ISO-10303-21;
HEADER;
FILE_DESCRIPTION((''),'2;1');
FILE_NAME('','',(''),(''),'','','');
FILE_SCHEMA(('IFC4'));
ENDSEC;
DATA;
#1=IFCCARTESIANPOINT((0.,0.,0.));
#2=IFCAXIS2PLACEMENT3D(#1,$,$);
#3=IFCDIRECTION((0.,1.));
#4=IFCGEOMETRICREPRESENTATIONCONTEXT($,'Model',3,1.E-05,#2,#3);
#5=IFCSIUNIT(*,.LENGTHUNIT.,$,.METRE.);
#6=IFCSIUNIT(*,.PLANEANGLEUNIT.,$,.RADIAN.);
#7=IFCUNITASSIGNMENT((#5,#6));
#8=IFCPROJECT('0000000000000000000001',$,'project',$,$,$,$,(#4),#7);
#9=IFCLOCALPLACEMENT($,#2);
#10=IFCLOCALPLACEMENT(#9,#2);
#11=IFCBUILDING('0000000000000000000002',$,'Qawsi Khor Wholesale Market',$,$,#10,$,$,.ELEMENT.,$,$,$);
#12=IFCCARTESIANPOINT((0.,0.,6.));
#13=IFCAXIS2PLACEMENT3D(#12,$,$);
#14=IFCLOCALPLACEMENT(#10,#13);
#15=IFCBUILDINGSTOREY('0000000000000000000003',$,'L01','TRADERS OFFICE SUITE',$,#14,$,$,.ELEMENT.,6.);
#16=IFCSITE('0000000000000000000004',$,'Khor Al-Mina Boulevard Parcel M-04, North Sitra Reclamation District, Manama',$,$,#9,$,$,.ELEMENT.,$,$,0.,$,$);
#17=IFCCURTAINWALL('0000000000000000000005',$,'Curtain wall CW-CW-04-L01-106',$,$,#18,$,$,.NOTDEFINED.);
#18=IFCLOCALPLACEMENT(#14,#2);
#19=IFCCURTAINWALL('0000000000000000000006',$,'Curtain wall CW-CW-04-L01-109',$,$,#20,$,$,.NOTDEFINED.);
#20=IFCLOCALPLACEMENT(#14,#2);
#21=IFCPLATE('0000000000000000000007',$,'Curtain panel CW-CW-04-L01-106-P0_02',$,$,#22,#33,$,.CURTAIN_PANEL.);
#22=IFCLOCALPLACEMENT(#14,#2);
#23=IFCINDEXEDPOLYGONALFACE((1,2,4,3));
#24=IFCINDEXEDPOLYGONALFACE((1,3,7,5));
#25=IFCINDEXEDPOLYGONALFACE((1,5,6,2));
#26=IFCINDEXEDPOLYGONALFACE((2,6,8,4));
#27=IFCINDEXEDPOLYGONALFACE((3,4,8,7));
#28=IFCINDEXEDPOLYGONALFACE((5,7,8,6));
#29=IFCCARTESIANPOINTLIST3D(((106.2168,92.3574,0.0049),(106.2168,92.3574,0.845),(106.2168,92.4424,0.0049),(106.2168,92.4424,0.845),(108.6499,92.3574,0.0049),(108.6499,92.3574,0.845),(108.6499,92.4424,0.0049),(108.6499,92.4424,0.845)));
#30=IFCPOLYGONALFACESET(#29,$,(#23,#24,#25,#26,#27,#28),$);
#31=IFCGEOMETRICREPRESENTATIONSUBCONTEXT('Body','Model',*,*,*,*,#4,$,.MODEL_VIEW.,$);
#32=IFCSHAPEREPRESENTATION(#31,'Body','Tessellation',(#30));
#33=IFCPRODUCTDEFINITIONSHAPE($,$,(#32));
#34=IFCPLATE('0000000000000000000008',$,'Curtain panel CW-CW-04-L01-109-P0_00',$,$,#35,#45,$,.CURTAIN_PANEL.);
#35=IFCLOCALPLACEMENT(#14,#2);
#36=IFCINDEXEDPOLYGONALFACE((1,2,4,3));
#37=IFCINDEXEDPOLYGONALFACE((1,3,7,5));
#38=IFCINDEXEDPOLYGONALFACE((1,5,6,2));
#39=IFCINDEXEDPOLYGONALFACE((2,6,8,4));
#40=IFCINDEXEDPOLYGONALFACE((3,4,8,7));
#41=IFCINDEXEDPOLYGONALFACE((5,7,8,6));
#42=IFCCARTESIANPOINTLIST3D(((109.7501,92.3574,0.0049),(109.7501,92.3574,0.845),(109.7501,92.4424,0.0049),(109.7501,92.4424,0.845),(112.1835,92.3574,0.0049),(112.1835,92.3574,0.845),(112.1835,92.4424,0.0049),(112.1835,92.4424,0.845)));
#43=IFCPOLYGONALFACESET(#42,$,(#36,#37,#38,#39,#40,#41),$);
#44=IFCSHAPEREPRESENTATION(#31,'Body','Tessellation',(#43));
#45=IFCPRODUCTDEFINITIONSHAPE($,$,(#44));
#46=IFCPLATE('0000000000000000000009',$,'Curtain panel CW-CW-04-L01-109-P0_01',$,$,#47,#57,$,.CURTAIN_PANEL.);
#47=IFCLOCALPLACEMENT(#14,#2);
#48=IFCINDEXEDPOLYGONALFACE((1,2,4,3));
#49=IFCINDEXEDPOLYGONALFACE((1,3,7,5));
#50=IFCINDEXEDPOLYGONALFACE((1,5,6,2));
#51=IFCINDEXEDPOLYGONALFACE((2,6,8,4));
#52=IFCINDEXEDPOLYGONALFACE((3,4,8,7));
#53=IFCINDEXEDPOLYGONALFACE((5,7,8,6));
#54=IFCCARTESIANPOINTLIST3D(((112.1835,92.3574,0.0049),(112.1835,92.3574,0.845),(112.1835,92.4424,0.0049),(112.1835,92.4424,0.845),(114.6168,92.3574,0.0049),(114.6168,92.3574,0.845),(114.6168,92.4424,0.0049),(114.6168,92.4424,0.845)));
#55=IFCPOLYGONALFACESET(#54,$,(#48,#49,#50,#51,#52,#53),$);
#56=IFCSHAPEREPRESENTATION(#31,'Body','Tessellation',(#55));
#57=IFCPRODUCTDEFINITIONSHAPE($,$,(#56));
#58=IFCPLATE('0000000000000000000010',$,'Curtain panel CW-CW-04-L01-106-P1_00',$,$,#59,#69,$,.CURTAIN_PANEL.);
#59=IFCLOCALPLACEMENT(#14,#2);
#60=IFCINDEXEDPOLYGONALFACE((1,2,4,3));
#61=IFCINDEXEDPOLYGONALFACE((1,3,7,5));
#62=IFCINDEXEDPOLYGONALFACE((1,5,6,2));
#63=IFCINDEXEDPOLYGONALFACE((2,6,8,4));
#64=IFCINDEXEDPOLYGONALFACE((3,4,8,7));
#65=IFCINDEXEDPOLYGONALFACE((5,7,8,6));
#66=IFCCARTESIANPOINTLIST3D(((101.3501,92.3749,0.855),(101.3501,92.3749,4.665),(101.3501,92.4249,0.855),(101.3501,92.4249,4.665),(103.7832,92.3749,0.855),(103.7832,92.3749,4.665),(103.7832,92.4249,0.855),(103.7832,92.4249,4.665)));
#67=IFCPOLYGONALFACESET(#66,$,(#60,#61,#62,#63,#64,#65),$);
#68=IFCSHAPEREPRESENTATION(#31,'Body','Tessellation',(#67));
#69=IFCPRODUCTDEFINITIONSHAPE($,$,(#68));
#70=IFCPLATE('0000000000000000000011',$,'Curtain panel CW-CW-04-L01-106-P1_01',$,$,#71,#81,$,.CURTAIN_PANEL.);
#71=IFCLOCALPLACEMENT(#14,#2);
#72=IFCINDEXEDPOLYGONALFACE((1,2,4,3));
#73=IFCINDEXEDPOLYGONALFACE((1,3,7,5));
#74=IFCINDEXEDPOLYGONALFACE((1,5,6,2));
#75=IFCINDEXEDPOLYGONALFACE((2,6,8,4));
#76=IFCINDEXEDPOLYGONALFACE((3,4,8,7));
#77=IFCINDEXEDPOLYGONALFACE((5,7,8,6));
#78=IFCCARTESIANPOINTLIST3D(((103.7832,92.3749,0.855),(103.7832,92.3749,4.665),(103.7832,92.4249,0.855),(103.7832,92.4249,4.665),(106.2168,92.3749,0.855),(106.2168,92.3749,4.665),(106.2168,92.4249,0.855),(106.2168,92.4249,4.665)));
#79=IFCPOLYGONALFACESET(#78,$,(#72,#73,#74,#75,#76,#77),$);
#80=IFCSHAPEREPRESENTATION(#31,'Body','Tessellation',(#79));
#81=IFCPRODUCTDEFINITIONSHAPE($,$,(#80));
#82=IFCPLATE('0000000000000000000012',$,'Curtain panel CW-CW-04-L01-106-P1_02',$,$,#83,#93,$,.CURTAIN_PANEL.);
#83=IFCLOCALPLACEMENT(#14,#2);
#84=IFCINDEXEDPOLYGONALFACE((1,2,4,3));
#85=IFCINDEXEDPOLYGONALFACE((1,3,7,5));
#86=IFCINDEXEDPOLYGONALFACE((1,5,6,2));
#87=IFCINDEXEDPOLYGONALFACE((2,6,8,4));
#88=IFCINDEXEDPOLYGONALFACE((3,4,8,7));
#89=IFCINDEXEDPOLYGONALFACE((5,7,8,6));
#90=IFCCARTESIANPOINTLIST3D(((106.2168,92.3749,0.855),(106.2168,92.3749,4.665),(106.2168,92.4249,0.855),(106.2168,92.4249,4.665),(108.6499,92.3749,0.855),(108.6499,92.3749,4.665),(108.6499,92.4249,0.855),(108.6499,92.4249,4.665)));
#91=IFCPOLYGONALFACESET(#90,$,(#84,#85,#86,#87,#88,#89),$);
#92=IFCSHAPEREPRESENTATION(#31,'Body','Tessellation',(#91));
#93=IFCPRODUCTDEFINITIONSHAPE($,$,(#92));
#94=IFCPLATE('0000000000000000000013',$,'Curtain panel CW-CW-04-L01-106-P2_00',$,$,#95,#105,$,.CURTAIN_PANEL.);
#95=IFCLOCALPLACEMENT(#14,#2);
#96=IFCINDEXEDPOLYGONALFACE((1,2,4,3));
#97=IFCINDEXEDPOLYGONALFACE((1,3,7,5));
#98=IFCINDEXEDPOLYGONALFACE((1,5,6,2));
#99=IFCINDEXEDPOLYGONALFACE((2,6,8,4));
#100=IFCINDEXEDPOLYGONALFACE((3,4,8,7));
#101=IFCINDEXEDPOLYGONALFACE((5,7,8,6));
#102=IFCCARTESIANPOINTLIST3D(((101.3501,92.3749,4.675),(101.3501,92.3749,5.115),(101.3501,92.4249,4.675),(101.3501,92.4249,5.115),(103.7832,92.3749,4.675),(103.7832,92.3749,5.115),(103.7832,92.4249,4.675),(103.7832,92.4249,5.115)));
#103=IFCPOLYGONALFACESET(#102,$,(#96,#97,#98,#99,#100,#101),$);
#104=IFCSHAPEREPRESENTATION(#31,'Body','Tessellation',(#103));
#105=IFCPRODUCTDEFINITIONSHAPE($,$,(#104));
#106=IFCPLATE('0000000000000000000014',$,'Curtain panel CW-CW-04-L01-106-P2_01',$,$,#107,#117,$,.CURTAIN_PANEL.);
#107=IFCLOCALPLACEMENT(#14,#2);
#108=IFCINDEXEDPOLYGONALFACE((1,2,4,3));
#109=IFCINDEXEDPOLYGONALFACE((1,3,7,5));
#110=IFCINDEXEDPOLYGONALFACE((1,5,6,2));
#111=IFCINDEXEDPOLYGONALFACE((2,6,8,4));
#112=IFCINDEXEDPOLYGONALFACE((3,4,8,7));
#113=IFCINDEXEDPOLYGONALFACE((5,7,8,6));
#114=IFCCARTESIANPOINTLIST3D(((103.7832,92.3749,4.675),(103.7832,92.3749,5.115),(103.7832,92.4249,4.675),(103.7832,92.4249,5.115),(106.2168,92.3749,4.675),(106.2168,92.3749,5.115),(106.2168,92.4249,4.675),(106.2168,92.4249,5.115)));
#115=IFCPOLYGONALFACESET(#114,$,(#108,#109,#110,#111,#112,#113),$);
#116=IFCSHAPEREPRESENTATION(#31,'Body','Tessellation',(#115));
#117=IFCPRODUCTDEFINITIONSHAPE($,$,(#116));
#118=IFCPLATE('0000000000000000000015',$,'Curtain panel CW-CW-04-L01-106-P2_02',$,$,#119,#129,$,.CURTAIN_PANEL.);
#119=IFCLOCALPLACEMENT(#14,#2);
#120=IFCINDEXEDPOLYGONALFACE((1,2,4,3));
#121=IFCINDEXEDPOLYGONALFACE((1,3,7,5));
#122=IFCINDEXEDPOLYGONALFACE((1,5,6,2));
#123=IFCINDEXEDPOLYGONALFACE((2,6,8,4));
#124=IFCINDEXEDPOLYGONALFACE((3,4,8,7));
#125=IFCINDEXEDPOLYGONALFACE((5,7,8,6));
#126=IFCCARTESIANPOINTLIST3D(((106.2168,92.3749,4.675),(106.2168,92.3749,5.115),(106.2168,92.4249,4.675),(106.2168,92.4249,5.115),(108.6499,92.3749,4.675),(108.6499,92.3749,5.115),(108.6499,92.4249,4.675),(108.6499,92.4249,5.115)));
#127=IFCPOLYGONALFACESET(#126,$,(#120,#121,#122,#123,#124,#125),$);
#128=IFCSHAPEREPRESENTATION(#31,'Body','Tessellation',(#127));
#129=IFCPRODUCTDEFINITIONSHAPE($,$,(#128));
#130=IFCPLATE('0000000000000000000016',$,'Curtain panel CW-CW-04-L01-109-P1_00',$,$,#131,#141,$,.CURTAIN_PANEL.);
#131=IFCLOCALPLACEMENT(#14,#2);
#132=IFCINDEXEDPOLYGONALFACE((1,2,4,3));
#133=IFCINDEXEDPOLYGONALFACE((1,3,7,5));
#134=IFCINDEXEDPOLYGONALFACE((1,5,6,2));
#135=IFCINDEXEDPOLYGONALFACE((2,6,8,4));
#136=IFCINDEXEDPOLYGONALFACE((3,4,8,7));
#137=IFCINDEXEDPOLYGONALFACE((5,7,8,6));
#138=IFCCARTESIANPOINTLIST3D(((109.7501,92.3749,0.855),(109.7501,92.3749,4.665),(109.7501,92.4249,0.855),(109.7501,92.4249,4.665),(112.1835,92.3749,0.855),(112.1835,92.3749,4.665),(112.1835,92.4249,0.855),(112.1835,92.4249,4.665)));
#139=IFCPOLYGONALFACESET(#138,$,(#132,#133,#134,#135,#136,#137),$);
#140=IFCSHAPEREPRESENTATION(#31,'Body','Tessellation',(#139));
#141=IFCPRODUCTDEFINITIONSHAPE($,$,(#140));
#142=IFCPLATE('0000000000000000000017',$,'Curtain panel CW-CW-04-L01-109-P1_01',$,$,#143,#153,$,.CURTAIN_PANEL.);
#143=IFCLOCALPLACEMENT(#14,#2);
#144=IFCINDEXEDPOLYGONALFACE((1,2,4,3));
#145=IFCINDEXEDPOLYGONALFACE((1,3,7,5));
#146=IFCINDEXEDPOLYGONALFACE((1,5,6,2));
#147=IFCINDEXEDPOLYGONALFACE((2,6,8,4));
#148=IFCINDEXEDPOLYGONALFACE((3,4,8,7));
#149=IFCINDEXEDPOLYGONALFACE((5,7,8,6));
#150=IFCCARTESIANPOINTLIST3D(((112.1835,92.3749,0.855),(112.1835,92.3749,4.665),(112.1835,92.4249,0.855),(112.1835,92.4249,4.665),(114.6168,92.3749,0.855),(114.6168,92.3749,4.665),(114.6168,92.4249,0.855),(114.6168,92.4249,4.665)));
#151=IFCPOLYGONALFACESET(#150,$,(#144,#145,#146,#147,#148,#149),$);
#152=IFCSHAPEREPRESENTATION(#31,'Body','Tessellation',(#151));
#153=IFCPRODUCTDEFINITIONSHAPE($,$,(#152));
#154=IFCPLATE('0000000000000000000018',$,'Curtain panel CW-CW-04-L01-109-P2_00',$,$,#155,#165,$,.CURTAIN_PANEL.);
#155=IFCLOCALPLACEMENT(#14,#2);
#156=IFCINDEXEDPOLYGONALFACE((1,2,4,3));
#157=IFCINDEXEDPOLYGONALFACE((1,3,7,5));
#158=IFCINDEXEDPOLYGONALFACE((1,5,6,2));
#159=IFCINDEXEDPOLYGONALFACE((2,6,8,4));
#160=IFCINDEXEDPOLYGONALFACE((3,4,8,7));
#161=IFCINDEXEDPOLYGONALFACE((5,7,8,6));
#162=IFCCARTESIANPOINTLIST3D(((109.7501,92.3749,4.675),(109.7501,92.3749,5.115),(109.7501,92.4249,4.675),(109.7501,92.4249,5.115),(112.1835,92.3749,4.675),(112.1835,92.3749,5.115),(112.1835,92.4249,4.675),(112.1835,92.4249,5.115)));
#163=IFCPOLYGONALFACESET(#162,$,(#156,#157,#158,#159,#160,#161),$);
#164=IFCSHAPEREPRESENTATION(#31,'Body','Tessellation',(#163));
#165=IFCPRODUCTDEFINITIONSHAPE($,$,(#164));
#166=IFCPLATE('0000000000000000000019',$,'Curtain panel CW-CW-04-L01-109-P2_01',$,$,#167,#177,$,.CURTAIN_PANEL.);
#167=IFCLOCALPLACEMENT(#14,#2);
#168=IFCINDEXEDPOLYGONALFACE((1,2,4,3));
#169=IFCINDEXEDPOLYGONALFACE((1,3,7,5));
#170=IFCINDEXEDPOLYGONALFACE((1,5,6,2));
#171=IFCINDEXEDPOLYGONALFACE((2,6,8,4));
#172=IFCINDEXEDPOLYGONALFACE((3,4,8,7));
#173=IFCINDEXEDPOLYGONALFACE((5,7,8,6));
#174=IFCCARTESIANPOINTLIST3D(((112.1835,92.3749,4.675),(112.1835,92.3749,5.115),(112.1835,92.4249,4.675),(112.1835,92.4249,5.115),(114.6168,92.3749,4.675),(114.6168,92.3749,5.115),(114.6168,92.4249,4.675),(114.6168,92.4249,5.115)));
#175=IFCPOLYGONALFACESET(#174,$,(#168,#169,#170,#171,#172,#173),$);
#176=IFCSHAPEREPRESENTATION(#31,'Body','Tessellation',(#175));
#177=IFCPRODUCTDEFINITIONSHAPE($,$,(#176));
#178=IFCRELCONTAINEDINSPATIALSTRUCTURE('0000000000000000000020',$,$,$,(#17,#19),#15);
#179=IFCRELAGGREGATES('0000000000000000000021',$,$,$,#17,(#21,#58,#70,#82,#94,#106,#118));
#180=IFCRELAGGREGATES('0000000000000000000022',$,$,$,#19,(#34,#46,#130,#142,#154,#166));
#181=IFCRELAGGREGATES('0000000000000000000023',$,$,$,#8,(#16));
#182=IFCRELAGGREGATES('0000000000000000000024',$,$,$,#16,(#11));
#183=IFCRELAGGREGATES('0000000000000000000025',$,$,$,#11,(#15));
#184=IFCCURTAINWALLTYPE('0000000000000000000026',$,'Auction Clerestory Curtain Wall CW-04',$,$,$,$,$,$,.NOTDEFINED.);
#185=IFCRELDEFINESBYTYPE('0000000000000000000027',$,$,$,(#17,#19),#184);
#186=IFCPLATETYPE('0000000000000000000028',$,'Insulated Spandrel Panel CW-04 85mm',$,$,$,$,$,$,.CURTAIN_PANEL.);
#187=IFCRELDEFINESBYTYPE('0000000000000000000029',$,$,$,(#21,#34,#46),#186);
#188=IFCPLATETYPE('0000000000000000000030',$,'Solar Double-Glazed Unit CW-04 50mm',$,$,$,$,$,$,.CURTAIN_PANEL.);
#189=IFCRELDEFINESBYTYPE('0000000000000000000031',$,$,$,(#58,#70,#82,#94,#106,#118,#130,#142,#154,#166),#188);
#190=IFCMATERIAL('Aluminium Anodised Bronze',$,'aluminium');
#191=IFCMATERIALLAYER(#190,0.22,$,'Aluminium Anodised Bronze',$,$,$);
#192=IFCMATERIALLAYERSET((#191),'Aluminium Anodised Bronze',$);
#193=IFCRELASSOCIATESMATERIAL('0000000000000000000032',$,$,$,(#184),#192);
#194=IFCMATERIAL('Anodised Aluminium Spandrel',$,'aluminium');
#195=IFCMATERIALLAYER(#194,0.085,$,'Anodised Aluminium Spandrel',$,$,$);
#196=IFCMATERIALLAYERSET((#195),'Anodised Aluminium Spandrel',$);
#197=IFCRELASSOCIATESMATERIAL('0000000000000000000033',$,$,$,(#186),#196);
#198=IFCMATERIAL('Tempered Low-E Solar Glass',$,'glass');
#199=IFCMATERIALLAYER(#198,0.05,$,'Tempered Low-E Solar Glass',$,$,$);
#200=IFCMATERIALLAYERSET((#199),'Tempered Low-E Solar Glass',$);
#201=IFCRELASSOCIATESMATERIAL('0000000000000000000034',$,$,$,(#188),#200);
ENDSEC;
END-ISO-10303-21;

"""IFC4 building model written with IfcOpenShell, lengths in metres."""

from ifc_helpers import new_model, si_unit, direction, frame, frame_2d, origin, place, context, subcontext, project, spatial, rectangle, extrude, material, layer, layer_set, type_object, element, aggregate, save


model = new_model("IFC4")

# Units and contexts
model_context = context("Model", 3, precision=1e-05, world=origin(), true_north=direction((0.0, 1.0)))
body_context = subcontext(model_context, "Body", "Model", "MODEL_VIEW")
ifc_project = project(units=[si_unit("LENGTHUNIT", "METRE"), si_unit("PLANEANGLEUNIT", "RADIAN")], contexts=[model_context])

# Site, building, storey
site_placement = place(None, origin())
site = spatial("IfcSite", under=ifc_project, at=site_placement, Name="Khor Al-Mina Boulevard Parcel M-04, North Sitra Reclamation District, Manama", CompositionType="ELEMENT", RefElevation=0.0)
building_placement = place(site_placement, origin())
building = spatial("IfcBuilding", under=site, at=building_placement, Name="Qawsi Khor Wholesale Market", CompositionType="ELEMENT")
storey_placement = place(building_placement, frame((0.0, 0.0, 6.0)))
storey = spatial("IfcBuildingStorey", under=building, at=storey_placement, Name="L01", Description="TRADERS OFFICE SUITE", CompositionType="ELEMENT", Elevation=6.0)

# Curtain walls
ifc_material_1 = material(Name="Aluminium Anodised Bronze", Category="aluminium")
ifc_layer_1 = layer(ifc_material_1, 0.22, Name="Aluminium Anodised Bronze")
ifc_layer_set_1 = layer_set([ifc_layer_1], Name="Aluminium Anodised Bronze")
curtain_wall_type = type_object("IfcCurtainWallType", Name="Auction Clerestory Curtain Wall CW-04", PredefinedType="NOTDEFINED", material=ifc_layer_set_1)
curtain_wall_1_placement = place(storey_placement, origin())
curtain_wall_1 = element("IfcCurtainWall", 1, at=curtain_wall_1_placement, inside=storey, type_object=curtain_wall_type, Name="Curtain wall CW-CW-04-L01-106", PredefinedType="NOTDEFINED")
curtain_wall_2_placement = place(storey_placement, origin())
curtain_wall_2 = element("IfcCurtainWall", 2, at=curtain_wall_2_placement, inside=storey, type_object=curtain_wall_type, Name="Curtain wall CW-CW-04-L01-109", PredefinedType="NOTDEFINED")

# Plates
ifc_material_2 = material(Name="Anodised Aluminium Spandrel", Category="aluminium")
ifc_layer_2 = layer(ifc_material_2, 0.085, Name="Anodised Aluminium Spandrel")
ifc_layer_set_2 = layer_set([ifc_layer_2], Name="Anodised Aluminium Spandrel")
plate_type_1 = type_object("IfcPlateType", Name="Insulated Spandrel Panel CW-04 85mm", PredefinedType="CURTAIN_PANEL", material=ifc_layer_set_2)
plate_1_placement = place(storey_placement, frame((106.2168, 92.3999, 0.0049), z_axis=(0.0, 0.0, 1.0), x_axis=(1.0, 0.0, 0.0)))
plate_1 = element("IfcPlate", 3, at=plate_1_placement, type_object=plate_type_1, Name="Curtain panel CW-CW-04-L01-106-P0_02", PredefinedType="CURTAIN_PANEL", context=body_context, shape_type="SweptSolid", body=[
    extrude(rectangle(XDim=2.4331, YDim=0.085, at=frame_2d((1.2166, 0.0))), origin(), (0.0, 0.0, 1.0), 0.8401),
])
plate_2_placement = place(storey_placement, frame((109.75, 92.3999, 0.0049), z_axis=(0.0, 0.0, 1.0), x_axis=(1.0, 0.0, 0.0)))
plate_2 = element("IfcPlate", 4, at=plate_2_placement, type_object=plate_type_1, Name="Curtain panel CW-CW-04-L01-109-P0_00", PredefinedType="CURTAIN_PANEL", context=body_context, shape_type="SweptSolid", body=[
    extrude(rectangle(XDim=2.4333, YDim=0.085, at=frame_2d((1.2168, 0.0))), origin(), (0.0, 0.0, 1.0), 0.8401),
])
plate_3_placement = place(storey_placement, frame((112.1833, 92.3999, 0.0049), z_axis=(0.0, 0.0, 1.0), x_axis=(1.0, 0.0, 0.0)))
plate_3 = element("IfcPlate", 5, at=plate_3_placement, type_object=plate_type_1, Name="Curtain panel CW-CW-04-L01-109-P0_01", PredefinedType="CURTAIN_PANEL", context=body_context, shape_type="SweptSolid", body=[
    extrude(rectangle(XDim=2.4333, YDim=0.085, at=frame_2d((1.2168, 0.0))), origin(), (0.0, 0.0, 1.0), 0.8401),
])
ifc_material_3 = material(Name="Tempered Low-E Solar Glass", Category="glass")
ifc_layer_3 = layer(ifc_material_3, 0.05, Name="Tempered Low-E Solar Glass")
ifc_layer_set_3 = layer_set([ifc_layer_3], Name="Tempered Low-E Solar Glass")
plate_type_2 = type_object("IfcPlateType", Name="Solar Double-Glazed Unit CW-04 50mm", PredefinedType="CURTAIN_PANEL", material=ifc_layer_set_3)
plate_4_placement = place(storey_placement, frame((101.3501, 92.3999, 0.855), z_axis=(0.0, 0.0, 1.0), x_axis=(1.0, 0.0, 0.0)))
plate_4 = element("IfcPlate", 6, at=plate_4_placement, type_object=plate_type_2, Name="Curtain panel CW-CW-04-L01-106-P1_00", PredefinedType="CURTAIN_PANEL", context=body_context, shape_type="SweptSolid", body=[
    extrude(rectangle(XDim=2.4331, YDim=0.05, at=frame_2d((1.2166, 0.0))), origin(), (0.0, 0.0, 1.0), 3.8101),
])
plate_5_placement = place(storey_placement, frame((103.7832, 92.3999, 0.855), z_axis=(0.0, 0.0, 1.0), x_axis=(1.0, 0.0, 0.0)))
plate_5 = element("IfcPlate", 7, at=plate_5_placement, type_object=plate_type_2, Name="Curtain panel CW-CW-04-L01-106-P1_01", PredefinedType="CURTAIN_PANEL", context=body_context, shape_type="SweptSolid", body=[
    extrude(rectangle(XDim=2.4336, YDim=0.05, at=frame_2d((1.2168, 0.0))), origin(), (0.0, 0.0, 1.0), 3.8101),
])
plate_6_placement = place(storey_placement, frame((106.2168, 92.3999, 0.855), z_axis=(0.0, 0.0, 1.0), x_axis=(1.0, 0.0, 0.0)))
plate_6 = element("IfcPlate", 8, at=plate_6_placement, type_object=plate_type_2, Name="Curtain panel CW-CW-04-L01-106-P1_02", PredefinedType="CURTAIN_PANEL", context=body_context, shape_type="SweptSolid", body=[
    extrude(rectangle(XDim=2.4331, YDim=0.05, at=frame_2d((1.2166, 0.0))), origin(), (0.0, 0.0, 1.0), 3.8101),
])
plate_7_placement = place(storey_placement, frame((101.3501, 92.3999, 4.675), z_axis=(0.0, 0.0, 1.0), x_axis=(1.0, 0.0, 0.0)))
plate_7 = element("IfcPlate", 9, at=plate_7_placement, type_object=plate_type_2, Name="Curtain panel CW-CW-04-L01-106-P2_00", PredefinedType="CURTAIN_PANEL", context=body_context, shape_type="SweptSolid", body=[
    extrude(rectangle(XDim=2.4331, YDim=0.05, at=frame_2d((1.2166, 0.0))), origin(), (0.0, 0.0, 1.0), 0.4399),
])
plate_8_placement = place(storey_placement, frame((103.7832, 92.3999, 4.675), z_axis=(0.0, 0.0, 1.0), x_axis=(1.0, 0.0, 0.0)))
plate_8 = element("IfcPlate", 10, at=plate_8_placement, type_object=plate_type_2, Name="Curtain panel CW-CW-04-L01-106-P2_01", PredefinedType="CURTAIN_PANEL", context=body_context, shape_type="SweptSolid", body=[
    extrude(rectangle(XDim=2.4336, YDim=0.05, at=frame_2d((1.2168, 0.0))), origin(), (0.0, 0.0, 1.0), 0.4399),
])
plate_9_placement = place(storey_placement, frame((106.2168, 92.3999, 4.675), z_axis=(0.0, 0.0, 1.0), x_axis=(1.0, 0.0, 0.0)))
plate_9 = element("IfcPlate", 11, at=plate_9_placement, type_object=plate_type_2, Name="Curtain panel CW-CW-04-L01-106-P2_02", PredefinedType="CURTAIN_PANEL", context=body_context, shape_type="SweptSolid", body=[
    extrude(rectangle(XDim=2.4331, YDim=0.05, at=frame_2d((1.2166, 0.0))), origin(), (0.0, 0.0, 1.0), 0.4399),
])
aggregate(curtain_wall_1, [plate_1, plate_4, plate_5, plate_6, plate_7, plate_8, plate_9])
plate_10_placement = place(storey_placement, frame((109.75, 92.3999, 0.855), z_axis=(0.0, 0.0, 1.0), x_axis=(1.0, 0.0, 0.0)))
plate_10 = element("IfcPlate", 12, at=plate_10_placement, type_object=plate_type_2, Name="Curtain panel CW-CW-04-L01-109-P1_00", PredefinedType="CURTAIN_PANEL", context=body_context, shape_type="SweptSolid", body=[
    extrude(rectangle(XDim=2.4333, YDim=0.05, at=frame_2d((1.2168, 0.0))), origin(), (0.0, 0.0, 1.0), 3.8101),
])
plate_11_placement = place(storey_placement, frame((112.1833, 92.3999, 0.855), z_axis=(0.0, 0.0, 1.0), x_axis=(1.0, 0.0, 0.0)))
plate_11 = element("IfcPlate", 13, at=plate_11_placement, type_object=plate_type_2, Name="Curtain panel CW-CW-04-L01-109-P1_01", PredefinedType="CURTAIN_PANEL", context=body_context, shape_type="SweptSolid", body=[
    extrude(rectangle(XDim=2.4333, YDim=0.05, at=frame_2d((1.2168, 0.0))), origin(), (0.0, 0.0, 1.0), 3.8101),
])
plate_12_placement = place(storey_placement, frame((109.75, 92.3999, 4.675), z_axis=(0.0, 0.0, 1.0), x_axis=(1.0, 0.0, 0.0)))
plate_12 = element("IfcPlate", 14, at=plate_12_placement, type_object=plate_type_2, Name="Curtain panel CW-CW-04-L01-109-P2_00", PredefinedType="CURTAIN_PANEL", context=body_context, shape_type="SweptSolid", body=[
    extrude(rectangle(XDim=2.4333, YDim=0.05, at=frame_2d((1.2168, 0.0))), origin(), (0.0, 0.0, 1.0), 0.4399),
])
plate_13_placement = place(storey_placement, frame((112.1833, 92.3999, 4.675), z_axis=(0.0, 0.0, 1.0), x_axis=(1.0, 0.0, 0.0)))
plate_13 = element("IfcPlate", 15, at=plate_13_placement, type_object=plate_type_2, Name="Curtain panel CW-CW-04-L01-109-P2_01", PredefinedType="CURTAIN_PANEL", context=body_context, shape_type="SweptSolid", body=[
    extrude(rectangle(XDim=2.4333, YDim=0.05, at=frame_2d((1.2168, 0.0))), origin(), (0.0, 0.0, 1.0), 0.4399),
])
aggregate(curtain_wall_2, [plate_2, plate_3, plate_10, plate_11, plate_12, plate_13])

save(model, "model.ifc")
